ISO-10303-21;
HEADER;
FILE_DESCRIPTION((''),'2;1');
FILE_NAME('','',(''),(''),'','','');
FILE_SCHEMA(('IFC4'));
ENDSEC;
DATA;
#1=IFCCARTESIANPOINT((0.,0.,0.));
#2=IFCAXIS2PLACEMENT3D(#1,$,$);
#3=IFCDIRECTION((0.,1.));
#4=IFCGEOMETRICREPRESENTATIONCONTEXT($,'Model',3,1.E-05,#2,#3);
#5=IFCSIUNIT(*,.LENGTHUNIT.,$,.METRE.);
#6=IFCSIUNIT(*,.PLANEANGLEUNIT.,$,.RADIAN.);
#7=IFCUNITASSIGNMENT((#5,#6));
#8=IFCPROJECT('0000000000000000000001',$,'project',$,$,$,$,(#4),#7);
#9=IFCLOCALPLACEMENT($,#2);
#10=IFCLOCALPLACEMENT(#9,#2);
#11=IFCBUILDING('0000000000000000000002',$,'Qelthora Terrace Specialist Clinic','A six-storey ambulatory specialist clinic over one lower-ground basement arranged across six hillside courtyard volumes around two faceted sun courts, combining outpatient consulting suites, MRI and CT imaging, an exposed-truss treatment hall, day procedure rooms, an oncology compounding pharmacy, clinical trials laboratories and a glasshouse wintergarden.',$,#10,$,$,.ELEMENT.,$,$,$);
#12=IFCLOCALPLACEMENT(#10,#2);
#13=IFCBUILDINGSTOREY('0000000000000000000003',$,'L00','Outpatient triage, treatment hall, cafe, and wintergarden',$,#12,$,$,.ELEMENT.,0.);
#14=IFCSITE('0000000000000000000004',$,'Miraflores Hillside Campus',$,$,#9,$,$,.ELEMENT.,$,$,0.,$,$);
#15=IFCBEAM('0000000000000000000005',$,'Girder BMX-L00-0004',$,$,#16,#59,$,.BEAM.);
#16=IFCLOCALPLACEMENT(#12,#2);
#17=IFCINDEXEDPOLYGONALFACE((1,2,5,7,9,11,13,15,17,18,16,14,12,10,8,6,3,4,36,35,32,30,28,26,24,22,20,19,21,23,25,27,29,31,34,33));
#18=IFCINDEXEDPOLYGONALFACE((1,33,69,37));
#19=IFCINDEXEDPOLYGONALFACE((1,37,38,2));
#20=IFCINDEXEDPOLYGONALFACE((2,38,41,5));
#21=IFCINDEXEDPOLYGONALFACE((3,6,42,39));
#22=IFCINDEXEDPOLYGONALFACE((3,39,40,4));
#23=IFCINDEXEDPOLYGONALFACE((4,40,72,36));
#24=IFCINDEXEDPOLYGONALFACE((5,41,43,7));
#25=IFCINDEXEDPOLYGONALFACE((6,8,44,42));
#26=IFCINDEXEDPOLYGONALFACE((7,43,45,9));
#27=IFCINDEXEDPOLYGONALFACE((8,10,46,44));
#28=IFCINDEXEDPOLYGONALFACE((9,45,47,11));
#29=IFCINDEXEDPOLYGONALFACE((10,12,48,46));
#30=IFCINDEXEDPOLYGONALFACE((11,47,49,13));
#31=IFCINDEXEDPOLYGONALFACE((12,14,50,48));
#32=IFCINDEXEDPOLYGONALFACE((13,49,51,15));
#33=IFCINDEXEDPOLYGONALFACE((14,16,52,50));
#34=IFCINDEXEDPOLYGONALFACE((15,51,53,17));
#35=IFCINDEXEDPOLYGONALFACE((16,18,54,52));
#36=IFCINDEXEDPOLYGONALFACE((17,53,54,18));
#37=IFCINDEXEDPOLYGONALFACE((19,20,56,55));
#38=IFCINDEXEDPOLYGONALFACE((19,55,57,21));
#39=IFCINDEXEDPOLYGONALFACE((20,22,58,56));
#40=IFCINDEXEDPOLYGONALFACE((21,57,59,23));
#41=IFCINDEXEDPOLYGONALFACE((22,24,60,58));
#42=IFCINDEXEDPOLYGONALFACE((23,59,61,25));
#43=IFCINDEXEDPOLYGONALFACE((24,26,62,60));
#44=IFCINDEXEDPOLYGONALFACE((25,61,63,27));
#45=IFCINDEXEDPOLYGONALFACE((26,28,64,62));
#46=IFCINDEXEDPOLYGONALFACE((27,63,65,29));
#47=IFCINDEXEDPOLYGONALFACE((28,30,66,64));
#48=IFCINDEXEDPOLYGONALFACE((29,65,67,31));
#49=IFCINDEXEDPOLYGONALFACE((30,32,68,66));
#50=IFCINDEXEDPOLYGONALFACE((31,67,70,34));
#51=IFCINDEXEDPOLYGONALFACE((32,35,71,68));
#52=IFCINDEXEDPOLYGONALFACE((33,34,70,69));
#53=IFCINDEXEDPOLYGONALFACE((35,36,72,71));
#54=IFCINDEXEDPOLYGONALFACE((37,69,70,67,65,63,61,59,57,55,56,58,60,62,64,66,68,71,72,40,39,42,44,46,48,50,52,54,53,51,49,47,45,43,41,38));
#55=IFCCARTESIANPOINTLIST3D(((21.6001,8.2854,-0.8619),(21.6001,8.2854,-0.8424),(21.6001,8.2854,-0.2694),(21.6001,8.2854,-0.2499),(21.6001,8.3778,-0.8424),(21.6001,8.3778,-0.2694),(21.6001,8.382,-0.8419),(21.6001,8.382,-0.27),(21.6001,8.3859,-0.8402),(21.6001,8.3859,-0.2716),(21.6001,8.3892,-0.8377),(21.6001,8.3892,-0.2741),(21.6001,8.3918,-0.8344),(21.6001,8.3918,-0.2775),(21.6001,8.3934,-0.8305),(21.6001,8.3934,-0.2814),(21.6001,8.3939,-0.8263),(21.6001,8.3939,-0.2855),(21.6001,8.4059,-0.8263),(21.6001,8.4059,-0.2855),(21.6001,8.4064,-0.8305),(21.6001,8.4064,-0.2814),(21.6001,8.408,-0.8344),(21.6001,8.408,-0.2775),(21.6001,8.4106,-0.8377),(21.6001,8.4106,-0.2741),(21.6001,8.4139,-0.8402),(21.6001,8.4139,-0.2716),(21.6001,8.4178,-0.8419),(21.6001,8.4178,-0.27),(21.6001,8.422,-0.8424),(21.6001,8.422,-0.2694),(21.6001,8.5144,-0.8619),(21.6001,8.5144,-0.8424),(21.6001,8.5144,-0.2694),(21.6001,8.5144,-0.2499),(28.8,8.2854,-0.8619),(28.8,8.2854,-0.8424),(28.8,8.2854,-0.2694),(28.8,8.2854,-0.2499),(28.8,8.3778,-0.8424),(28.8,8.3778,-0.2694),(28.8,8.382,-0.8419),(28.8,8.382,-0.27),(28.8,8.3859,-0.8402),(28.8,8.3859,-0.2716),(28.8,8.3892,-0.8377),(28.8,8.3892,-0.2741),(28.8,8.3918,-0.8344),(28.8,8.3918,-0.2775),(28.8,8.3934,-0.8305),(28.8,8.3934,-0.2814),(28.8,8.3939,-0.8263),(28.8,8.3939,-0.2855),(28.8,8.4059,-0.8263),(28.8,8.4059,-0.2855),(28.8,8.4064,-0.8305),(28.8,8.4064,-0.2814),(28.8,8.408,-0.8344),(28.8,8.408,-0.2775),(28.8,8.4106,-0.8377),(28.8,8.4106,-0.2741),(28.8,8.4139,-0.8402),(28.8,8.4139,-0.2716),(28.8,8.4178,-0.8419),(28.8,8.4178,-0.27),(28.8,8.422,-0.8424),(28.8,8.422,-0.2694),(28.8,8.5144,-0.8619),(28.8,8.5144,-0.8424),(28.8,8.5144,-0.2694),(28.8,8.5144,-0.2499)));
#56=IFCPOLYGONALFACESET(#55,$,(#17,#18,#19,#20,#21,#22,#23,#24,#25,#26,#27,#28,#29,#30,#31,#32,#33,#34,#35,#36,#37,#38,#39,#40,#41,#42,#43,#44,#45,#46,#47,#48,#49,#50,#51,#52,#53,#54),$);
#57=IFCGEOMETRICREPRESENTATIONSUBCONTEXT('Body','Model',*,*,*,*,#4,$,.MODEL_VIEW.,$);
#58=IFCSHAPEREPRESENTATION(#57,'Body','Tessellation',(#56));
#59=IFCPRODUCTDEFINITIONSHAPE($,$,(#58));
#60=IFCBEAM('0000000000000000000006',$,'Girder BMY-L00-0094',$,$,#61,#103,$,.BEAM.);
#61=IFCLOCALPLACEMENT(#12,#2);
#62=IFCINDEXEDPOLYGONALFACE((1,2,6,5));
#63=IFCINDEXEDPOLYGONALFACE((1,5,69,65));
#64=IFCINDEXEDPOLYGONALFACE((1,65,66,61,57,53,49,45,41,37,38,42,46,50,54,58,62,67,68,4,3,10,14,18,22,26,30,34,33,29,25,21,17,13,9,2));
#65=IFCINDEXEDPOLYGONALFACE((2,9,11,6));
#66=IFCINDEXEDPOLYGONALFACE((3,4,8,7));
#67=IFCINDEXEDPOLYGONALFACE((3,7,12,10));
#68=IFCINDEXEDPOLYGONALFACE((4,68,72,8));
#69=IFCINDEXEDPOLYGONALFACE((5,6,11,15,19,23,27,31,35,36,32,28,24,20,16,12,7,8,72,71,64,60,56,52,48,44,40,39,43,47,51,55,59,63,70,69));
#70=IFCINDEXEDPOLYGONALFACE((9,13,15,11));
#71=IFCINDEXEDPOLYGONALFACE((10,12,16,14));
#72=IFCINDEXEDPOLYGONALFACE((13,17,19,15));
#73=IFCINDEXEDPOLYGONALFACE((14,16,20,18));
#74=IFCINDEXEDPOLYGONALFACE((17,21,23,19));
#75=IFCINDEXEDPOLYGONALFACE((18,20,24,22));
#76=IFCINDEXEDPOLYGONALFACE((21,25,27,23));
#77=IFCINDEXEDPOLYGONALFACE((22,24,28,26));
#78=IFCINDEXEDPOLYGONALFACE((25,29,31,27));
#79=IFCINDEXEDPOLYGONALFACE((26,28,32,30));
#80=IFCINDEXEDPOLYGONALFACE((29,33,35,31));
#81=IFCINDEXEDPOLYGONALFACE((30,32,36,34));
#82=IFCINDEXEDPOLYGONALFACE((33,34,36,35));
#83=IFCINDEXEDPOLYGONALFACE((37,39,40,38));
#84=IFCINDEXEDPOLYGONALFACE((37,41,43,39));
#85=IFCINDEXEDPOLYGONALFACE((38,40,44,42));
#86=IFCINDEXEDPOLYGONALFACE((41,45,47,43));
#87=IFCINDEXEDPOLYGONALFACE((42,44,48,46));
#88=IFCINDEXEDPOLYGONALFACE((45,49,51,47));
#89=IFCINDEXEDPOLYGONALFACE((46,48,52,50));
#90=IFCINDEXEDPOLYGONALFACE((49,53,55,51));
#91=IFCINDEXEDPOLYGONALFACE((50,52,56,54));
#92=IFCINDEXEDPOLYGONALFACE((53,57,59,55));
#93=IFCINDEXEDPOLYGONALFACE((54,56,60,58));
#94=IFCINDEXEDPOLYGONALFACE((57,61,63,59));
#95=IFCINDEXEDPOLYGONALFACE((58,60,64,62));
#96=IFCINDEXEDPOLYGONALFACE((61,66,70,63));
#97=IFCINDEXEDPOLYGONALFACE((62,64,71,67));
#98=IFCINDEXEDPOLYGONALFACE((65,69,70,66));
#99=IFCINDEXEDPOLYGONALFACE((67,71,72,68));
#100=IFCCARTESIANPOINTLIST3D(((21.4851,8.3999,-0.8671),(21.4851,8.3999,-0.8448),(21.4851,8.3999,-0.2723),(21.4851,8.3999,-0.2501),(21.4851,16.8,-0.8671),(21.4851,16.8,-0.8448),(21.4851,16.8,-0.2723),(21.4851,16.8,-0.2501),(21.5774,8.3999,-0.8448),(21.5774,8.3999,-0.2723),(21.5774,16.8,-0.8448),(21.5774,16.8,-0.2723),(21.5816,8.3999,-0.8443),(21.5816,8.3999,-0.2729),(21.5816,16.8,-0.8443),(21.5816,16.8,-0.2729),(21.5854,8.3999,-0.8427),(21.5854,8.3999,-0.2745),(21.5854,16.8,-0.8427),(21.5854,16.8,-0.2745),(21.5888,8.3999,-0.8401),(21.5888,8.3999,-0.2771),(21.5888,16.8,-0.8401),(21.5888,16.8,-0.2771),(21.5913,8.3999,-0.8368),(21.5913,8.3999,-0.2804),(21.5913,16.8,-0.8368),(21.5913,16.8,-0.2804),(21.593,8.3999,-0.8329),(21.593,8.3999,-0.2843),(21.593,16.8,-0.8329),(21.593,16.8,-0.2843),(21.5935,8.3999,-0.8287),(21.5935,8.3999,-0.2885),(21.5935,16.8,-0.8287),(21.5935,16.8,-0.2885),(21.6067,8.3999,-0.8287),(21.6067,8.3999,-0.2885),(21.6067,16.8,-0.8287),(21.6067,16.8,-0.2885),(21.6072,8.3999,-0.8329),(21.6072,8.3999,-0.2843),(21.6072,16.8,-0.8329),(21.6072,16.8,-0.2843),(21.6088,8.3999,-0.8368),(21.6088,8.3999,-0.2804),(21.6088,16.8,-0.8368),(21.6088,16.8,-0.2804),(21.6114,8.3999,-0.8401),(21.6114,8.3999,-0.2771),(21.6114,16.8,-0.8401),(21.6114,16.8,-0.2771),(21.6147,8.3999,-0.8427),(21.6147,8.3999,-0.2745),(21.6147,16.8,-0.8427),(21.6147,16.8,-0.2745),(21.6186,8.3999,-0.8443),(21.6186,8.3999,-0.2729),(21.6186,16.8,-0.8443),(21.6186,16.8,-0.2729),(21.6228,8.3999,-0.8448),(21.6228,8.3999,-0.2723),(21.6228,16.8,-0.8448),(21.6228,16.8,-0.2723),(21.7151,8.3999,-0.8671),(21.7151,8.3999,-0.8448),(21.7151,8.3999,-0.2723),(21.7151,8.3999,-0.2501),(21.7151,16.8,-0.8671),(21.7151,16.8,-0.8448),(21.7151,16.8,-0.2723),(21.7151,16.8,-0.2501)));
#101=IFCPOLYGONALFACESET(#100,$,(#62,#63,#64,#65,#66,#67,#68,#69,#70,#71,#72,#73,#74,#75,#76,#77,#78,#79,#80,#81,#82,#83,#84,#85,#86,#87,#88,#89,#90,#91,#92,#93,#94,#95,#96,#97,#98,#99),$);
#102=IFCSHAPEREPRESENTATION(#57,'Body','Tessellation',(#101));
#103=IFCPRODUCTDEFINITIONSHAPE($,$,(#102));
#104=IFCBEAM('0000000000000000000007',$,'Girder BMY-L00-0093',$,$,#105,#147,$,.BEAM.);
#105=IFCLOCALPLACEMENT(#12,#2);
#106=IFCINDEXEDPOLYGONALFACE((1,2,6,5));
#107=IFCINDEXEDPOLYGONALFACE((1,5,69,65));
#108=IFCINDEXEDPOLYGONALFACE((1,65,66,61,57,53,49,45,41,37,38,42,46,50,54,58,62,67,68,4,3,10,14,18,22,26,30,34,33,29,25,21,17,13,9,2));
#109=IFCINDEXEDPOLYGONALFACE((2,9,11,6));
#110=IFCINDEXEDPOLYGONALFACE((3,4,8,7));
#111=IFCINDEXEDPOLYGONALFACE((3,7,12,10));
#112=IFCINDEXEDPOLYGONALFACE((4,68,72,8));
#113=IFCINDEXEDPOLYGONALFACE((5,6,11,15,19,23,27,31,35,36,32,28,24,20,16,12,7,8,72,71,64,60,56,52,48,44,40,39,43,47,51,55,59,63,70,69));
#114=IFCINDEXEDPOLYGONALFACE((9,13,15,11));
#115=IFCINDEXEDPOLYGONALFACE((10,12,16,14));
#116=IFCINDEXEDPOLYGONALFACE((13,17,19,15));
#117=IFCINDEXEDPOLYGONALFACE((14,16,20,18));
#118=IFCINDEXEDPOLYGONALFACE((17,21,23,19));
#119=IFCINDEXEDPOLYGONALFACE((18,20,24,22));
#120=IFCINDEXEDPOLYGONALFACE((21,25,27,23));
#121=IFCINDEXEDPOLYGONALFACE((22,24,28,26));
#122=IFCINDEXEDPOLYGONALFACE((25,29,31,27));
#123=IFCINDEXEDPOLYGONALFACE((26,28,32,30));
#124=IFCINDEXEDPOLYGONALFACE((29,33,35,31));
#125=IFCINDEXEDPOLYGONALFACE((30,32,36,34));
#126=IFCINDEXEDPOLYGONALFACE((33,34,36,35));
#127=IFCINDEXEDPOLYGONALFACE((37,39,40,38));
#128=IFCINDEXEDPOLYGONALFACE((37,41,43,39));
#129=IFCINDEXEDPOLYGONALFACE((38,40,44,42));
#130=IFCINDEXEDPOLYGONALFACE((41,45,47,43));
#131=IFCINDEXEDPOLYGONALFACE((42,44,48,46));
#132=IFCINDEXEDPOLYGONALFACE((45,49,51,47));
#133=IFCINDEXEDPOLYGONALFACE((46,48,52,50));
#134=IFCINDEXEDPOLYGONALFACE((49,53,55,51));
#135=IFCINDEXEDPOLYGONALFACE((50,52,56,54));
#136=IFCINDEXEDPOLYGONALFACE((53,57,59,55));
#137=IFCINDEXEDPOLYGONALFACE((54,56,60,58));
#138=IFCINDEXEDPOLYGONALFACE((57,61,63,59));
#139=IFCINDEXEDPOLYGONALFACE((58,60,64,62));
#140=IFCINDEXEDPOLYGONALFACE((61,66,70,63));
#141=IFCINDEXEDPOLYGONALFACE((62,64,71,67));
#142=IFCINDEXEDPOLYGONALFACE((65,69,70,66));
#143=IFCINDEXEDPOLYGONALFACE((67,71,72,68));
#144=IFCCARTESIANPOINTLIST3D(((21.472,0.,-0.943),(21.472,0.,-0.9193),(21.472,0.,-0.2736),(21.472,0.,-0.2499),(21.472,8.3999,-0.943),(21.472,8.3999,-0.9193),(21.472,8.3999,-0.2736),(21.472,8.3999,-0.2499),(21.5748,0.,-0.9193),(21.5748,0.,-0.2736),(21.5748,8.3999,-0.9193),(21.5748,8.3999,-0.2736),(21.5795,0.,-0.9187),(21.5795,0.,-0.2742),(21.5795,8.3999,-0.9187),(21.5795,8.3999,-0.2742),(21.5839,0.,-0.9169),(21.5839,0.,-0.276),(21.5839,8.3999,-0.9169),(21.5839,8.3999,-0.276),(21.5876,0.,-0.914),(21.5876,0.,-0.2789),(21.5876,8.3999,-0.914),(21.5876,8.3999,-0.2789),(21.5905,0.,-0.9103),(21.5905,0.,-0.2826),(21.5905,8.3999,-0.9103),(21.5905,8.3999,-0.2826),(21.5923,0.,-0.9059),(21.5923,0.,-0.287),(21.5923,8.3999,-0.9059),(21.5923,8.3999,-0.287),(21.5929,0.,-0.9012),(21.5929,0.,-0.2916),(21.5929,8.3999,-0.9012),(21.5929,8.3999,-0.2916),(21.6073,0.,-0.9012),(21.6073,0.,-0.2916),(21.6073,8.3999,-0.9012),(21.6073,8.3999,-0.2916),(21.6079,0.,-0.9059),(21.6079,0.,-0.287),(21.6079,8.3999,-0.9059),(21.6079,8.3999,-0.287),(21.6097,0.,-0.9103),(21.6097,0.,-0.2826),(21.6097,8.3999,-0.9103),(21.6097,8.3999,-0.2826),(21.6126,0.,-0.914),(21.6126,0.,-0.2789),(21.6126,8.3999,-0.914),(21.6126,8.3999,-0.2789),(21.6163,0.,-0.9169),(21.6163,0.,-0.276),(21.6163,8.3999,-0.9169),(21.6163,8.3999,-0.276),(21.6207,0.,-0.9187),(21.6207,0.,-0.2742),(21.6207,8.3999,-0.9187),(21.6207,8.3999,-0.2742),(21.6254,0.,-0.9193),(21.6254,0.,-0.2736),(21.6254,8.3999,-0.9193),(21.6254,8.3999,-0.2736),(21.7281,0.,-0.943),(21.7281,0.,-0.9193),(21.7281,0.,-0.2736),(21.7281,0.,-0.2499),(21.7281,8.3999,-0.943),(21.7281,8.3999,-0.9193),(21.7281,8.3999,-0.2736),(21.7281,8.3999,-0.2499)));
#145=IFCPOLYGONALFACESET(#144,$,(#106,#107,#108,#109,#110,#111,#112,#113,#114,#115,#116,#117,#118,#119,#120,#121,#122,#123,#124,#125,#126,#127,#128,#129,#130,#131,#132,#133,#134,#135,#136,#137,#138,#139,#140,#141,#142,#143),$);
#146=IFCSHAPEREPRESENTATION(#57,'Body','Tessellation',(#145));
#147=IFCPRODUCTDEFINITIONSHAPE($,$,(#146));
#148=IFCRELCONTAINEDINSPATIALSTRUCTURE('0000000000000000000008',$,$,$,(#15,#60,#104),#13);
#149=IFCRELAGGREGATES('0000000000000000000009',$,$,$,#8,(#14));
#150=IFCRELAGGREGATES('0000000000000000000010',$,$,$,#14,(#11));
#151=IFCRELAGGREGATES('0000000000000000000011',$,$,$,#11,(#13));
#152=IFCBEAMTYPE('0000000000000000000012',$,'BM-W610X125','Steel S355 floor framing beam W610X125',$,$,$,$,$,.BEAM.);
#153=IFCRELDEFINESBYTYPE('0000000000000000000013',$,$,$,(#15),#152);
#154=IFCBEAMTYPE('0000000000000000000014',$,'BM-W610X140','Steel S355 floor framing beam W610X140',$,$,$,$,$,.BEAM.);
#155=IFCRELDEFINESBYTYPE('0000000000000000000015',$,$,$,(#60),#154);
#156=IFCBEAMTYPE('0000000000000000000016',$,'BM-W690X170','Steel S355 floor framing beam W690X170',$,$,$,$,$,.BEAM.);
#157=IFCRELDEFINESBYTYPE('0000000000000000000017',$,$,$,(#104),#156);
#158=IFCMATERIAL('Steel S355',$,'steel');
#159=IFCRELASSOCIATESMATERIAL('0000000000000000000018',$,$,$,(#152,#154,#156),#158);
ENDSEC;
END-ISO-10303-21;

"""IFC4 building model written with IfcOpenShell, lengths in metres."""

from ifc_helpers import new_model, si_unit, direction, frame, origin, origin_2d, place, context, subcontext, project, spatial, i_section, extrude, material, material_profile, profile_set, type_object, element, save


model = new_model("IFC4")

# Units and contexts
model_context = context("Model", 3, precision=1e-05, world=origin(), true_north=direction((0.0, 1.0)))
body_context = subcontext(model_context, "Body", "Model", "MODEL_VIEW")
ifc_project = project(units=[si_unit("LENGTHUNIT", "METRE"), si_unit("PLANEANGLEUNIT", "RADIAN")], contexts=[model_context])

# Site, building, storey
site_placement = place(None, origin())
site = spatial("IfcSite", under=ifc_project, at=site_placement, Name="Miraflores Hillside Campus", CompositionType="ELEMENT", RefElevation=0.0)
building_placement = place(site_placement, origin())
building = spatial("IfcBuilding", under=site, at=building_placement, Name="Qelthora Terrace Specialist Clinic", Description="A six-storey ambulatory specialist clinic over one lower-ground basement arranged across six hillside courtyard volumes around two faceted sun courts, combining outpatient consulting suites, MRI and CT imaging, an exposed-truss treatment hall, day procedure rooms, an oncology compounding pharmacy, clinical trials laboratories and a glasshouse wintergarden.", CompositionType="ELEMENT")
storey_placement = place(building_placement, origin())
storey = spatial("IfcBuildingStorey", under=building, at=storey_placement, Name="L00", Description="Outpatient triage, treatment hall, cafe, and wintergarden", CompositionType="ELEMENT", Elevation=0.0)

# Shared definitions
ifc_material_1 = material(Name="Steel S355", Category="steel")

# Beams
ifc_material_profile_1 = material_profile(ifc_material_1, i_section(OverallWidth=0.229, OverallDepth=0.6121, WebThickness=0.012, FlangeThickness=0.0195, FilletRadius=0.0161, at=origin_2d()), Name="W610X125")
ifc_profile_set_1 = profile_set([ifc_material_profile_1], Name="Steel S355")
beam_type_1 = type_object("IfcBeamType", Name="BM-W610X125", Description="Steel S355 floor framing beam W610X125", PredefinedType="BEAM", material=ifc_profile_set_1)
beam_1_placement = place(storey_placement, frame((21.6001, 8.3999, -0.5559), z_axis=(1.0, 0.0, 0.0), x_axis=(0.0, 1.0, 0.0)))
element("IfcBeam", 1, at=beam_1_placement, inside=storey, type_object=beam_type_1, Name="Girder BMX-L00-0004", PredefinedType="BEAM", context=body_context, shape_type="SweptSolid", body=[
    extrude(i_section(OverallWidth=0.229, OverallDepth=0.6121, WebThickness=0.012, FlangeThickness=0.0195, FilletRadius=0.0161, at=origin_2d()), origin(), (0.0, 0.0, 1.0), 7.2),
])
ifc_material_profile_2 = material_profile(ifc_material_1, i_section(OverallWidth=0.23, OverallDepth=0.6169, WebThickness=0.0132, FlangeThickness=0.0222, FilletRadius=0.0161, at=origin_2d()), Name="W610X140")
ifc_profile_set_2 = profile_set([ifc_material_profile_2], Name="Steel S355")
beam_type_2 = type_object("IfcBeamType", Name="BM-W610X140", Description="Steel S355 floor framing beam W610X140", PredefinedType="BEAM", material=ifc_profile_set_2)
beam_2_placement = place(storey_placement, frame((21.6001, 8.3999, -0.5586), z_axis=(0.0, 1.0, 0.0), x_axis=(-1.0, 0.0, 0.0)))
element("IfcBeam", 2, at=beam_2_placement, inside=storey, type_object=beam_type_2, Name="Girder BMY-L00-0094", PredefinedType="BEAM", context=body_context, shape_type="SweptSolid", body=[
    extrude(i_section(OverallWidth=0.23, OverallDepth=0.6169, WebThickness=0.0132, FlangeThickness=0.0222, FilletRadius=0.0161, at=origin_2d()), origin(), (0.0, 0.0, 1.0), 8.4001),
])
ifc_material_profile_3 = material_profile(ifc_material_1, i_section(OverallWidth=0.2561, OverallDepth=0.6931, WebThickness=0.0144, FlangeThickness=0.0237, FilletRadius=0.0181, at=origin_2d()), Name="W690X170")
ifc_profile_set_3 = profile_set([ifc_material_profile_3], Name="Steel S355")
beam_type_3 = type_object("IfcBeamType", Name="BM-W690X170", Description="Steel S355 floor framing beam W690X170", PredefinedType="BEAM", material=ifc_profile_set_3)
beam_3_placement = place(storey_placement, frame((21.6001, 0.0, -0.5964), z_axis=(0.0, 1.0, 0.0), x_axis=(-1.0, 0.0, 0.0)))
element("IfcBeam", 3, at=beam_3_placement, inside=storey, type_object=beam_type_3, Name="Girder BMY-L00-0093", PredefinedType="BEAM", context=body_context, shape_type="SweptSolid", body=[
    extrude(i_section(OverallWidth=0.2561, OverallDepth=0.6931, WebThickness=0.0144, FlangeThickness=0.0237, FilletRadius=0.0181, at=origin_2d()), origin(), (0.0, 0.0, 1.0), 8.3999),
])

save(model, "model.ifc")
